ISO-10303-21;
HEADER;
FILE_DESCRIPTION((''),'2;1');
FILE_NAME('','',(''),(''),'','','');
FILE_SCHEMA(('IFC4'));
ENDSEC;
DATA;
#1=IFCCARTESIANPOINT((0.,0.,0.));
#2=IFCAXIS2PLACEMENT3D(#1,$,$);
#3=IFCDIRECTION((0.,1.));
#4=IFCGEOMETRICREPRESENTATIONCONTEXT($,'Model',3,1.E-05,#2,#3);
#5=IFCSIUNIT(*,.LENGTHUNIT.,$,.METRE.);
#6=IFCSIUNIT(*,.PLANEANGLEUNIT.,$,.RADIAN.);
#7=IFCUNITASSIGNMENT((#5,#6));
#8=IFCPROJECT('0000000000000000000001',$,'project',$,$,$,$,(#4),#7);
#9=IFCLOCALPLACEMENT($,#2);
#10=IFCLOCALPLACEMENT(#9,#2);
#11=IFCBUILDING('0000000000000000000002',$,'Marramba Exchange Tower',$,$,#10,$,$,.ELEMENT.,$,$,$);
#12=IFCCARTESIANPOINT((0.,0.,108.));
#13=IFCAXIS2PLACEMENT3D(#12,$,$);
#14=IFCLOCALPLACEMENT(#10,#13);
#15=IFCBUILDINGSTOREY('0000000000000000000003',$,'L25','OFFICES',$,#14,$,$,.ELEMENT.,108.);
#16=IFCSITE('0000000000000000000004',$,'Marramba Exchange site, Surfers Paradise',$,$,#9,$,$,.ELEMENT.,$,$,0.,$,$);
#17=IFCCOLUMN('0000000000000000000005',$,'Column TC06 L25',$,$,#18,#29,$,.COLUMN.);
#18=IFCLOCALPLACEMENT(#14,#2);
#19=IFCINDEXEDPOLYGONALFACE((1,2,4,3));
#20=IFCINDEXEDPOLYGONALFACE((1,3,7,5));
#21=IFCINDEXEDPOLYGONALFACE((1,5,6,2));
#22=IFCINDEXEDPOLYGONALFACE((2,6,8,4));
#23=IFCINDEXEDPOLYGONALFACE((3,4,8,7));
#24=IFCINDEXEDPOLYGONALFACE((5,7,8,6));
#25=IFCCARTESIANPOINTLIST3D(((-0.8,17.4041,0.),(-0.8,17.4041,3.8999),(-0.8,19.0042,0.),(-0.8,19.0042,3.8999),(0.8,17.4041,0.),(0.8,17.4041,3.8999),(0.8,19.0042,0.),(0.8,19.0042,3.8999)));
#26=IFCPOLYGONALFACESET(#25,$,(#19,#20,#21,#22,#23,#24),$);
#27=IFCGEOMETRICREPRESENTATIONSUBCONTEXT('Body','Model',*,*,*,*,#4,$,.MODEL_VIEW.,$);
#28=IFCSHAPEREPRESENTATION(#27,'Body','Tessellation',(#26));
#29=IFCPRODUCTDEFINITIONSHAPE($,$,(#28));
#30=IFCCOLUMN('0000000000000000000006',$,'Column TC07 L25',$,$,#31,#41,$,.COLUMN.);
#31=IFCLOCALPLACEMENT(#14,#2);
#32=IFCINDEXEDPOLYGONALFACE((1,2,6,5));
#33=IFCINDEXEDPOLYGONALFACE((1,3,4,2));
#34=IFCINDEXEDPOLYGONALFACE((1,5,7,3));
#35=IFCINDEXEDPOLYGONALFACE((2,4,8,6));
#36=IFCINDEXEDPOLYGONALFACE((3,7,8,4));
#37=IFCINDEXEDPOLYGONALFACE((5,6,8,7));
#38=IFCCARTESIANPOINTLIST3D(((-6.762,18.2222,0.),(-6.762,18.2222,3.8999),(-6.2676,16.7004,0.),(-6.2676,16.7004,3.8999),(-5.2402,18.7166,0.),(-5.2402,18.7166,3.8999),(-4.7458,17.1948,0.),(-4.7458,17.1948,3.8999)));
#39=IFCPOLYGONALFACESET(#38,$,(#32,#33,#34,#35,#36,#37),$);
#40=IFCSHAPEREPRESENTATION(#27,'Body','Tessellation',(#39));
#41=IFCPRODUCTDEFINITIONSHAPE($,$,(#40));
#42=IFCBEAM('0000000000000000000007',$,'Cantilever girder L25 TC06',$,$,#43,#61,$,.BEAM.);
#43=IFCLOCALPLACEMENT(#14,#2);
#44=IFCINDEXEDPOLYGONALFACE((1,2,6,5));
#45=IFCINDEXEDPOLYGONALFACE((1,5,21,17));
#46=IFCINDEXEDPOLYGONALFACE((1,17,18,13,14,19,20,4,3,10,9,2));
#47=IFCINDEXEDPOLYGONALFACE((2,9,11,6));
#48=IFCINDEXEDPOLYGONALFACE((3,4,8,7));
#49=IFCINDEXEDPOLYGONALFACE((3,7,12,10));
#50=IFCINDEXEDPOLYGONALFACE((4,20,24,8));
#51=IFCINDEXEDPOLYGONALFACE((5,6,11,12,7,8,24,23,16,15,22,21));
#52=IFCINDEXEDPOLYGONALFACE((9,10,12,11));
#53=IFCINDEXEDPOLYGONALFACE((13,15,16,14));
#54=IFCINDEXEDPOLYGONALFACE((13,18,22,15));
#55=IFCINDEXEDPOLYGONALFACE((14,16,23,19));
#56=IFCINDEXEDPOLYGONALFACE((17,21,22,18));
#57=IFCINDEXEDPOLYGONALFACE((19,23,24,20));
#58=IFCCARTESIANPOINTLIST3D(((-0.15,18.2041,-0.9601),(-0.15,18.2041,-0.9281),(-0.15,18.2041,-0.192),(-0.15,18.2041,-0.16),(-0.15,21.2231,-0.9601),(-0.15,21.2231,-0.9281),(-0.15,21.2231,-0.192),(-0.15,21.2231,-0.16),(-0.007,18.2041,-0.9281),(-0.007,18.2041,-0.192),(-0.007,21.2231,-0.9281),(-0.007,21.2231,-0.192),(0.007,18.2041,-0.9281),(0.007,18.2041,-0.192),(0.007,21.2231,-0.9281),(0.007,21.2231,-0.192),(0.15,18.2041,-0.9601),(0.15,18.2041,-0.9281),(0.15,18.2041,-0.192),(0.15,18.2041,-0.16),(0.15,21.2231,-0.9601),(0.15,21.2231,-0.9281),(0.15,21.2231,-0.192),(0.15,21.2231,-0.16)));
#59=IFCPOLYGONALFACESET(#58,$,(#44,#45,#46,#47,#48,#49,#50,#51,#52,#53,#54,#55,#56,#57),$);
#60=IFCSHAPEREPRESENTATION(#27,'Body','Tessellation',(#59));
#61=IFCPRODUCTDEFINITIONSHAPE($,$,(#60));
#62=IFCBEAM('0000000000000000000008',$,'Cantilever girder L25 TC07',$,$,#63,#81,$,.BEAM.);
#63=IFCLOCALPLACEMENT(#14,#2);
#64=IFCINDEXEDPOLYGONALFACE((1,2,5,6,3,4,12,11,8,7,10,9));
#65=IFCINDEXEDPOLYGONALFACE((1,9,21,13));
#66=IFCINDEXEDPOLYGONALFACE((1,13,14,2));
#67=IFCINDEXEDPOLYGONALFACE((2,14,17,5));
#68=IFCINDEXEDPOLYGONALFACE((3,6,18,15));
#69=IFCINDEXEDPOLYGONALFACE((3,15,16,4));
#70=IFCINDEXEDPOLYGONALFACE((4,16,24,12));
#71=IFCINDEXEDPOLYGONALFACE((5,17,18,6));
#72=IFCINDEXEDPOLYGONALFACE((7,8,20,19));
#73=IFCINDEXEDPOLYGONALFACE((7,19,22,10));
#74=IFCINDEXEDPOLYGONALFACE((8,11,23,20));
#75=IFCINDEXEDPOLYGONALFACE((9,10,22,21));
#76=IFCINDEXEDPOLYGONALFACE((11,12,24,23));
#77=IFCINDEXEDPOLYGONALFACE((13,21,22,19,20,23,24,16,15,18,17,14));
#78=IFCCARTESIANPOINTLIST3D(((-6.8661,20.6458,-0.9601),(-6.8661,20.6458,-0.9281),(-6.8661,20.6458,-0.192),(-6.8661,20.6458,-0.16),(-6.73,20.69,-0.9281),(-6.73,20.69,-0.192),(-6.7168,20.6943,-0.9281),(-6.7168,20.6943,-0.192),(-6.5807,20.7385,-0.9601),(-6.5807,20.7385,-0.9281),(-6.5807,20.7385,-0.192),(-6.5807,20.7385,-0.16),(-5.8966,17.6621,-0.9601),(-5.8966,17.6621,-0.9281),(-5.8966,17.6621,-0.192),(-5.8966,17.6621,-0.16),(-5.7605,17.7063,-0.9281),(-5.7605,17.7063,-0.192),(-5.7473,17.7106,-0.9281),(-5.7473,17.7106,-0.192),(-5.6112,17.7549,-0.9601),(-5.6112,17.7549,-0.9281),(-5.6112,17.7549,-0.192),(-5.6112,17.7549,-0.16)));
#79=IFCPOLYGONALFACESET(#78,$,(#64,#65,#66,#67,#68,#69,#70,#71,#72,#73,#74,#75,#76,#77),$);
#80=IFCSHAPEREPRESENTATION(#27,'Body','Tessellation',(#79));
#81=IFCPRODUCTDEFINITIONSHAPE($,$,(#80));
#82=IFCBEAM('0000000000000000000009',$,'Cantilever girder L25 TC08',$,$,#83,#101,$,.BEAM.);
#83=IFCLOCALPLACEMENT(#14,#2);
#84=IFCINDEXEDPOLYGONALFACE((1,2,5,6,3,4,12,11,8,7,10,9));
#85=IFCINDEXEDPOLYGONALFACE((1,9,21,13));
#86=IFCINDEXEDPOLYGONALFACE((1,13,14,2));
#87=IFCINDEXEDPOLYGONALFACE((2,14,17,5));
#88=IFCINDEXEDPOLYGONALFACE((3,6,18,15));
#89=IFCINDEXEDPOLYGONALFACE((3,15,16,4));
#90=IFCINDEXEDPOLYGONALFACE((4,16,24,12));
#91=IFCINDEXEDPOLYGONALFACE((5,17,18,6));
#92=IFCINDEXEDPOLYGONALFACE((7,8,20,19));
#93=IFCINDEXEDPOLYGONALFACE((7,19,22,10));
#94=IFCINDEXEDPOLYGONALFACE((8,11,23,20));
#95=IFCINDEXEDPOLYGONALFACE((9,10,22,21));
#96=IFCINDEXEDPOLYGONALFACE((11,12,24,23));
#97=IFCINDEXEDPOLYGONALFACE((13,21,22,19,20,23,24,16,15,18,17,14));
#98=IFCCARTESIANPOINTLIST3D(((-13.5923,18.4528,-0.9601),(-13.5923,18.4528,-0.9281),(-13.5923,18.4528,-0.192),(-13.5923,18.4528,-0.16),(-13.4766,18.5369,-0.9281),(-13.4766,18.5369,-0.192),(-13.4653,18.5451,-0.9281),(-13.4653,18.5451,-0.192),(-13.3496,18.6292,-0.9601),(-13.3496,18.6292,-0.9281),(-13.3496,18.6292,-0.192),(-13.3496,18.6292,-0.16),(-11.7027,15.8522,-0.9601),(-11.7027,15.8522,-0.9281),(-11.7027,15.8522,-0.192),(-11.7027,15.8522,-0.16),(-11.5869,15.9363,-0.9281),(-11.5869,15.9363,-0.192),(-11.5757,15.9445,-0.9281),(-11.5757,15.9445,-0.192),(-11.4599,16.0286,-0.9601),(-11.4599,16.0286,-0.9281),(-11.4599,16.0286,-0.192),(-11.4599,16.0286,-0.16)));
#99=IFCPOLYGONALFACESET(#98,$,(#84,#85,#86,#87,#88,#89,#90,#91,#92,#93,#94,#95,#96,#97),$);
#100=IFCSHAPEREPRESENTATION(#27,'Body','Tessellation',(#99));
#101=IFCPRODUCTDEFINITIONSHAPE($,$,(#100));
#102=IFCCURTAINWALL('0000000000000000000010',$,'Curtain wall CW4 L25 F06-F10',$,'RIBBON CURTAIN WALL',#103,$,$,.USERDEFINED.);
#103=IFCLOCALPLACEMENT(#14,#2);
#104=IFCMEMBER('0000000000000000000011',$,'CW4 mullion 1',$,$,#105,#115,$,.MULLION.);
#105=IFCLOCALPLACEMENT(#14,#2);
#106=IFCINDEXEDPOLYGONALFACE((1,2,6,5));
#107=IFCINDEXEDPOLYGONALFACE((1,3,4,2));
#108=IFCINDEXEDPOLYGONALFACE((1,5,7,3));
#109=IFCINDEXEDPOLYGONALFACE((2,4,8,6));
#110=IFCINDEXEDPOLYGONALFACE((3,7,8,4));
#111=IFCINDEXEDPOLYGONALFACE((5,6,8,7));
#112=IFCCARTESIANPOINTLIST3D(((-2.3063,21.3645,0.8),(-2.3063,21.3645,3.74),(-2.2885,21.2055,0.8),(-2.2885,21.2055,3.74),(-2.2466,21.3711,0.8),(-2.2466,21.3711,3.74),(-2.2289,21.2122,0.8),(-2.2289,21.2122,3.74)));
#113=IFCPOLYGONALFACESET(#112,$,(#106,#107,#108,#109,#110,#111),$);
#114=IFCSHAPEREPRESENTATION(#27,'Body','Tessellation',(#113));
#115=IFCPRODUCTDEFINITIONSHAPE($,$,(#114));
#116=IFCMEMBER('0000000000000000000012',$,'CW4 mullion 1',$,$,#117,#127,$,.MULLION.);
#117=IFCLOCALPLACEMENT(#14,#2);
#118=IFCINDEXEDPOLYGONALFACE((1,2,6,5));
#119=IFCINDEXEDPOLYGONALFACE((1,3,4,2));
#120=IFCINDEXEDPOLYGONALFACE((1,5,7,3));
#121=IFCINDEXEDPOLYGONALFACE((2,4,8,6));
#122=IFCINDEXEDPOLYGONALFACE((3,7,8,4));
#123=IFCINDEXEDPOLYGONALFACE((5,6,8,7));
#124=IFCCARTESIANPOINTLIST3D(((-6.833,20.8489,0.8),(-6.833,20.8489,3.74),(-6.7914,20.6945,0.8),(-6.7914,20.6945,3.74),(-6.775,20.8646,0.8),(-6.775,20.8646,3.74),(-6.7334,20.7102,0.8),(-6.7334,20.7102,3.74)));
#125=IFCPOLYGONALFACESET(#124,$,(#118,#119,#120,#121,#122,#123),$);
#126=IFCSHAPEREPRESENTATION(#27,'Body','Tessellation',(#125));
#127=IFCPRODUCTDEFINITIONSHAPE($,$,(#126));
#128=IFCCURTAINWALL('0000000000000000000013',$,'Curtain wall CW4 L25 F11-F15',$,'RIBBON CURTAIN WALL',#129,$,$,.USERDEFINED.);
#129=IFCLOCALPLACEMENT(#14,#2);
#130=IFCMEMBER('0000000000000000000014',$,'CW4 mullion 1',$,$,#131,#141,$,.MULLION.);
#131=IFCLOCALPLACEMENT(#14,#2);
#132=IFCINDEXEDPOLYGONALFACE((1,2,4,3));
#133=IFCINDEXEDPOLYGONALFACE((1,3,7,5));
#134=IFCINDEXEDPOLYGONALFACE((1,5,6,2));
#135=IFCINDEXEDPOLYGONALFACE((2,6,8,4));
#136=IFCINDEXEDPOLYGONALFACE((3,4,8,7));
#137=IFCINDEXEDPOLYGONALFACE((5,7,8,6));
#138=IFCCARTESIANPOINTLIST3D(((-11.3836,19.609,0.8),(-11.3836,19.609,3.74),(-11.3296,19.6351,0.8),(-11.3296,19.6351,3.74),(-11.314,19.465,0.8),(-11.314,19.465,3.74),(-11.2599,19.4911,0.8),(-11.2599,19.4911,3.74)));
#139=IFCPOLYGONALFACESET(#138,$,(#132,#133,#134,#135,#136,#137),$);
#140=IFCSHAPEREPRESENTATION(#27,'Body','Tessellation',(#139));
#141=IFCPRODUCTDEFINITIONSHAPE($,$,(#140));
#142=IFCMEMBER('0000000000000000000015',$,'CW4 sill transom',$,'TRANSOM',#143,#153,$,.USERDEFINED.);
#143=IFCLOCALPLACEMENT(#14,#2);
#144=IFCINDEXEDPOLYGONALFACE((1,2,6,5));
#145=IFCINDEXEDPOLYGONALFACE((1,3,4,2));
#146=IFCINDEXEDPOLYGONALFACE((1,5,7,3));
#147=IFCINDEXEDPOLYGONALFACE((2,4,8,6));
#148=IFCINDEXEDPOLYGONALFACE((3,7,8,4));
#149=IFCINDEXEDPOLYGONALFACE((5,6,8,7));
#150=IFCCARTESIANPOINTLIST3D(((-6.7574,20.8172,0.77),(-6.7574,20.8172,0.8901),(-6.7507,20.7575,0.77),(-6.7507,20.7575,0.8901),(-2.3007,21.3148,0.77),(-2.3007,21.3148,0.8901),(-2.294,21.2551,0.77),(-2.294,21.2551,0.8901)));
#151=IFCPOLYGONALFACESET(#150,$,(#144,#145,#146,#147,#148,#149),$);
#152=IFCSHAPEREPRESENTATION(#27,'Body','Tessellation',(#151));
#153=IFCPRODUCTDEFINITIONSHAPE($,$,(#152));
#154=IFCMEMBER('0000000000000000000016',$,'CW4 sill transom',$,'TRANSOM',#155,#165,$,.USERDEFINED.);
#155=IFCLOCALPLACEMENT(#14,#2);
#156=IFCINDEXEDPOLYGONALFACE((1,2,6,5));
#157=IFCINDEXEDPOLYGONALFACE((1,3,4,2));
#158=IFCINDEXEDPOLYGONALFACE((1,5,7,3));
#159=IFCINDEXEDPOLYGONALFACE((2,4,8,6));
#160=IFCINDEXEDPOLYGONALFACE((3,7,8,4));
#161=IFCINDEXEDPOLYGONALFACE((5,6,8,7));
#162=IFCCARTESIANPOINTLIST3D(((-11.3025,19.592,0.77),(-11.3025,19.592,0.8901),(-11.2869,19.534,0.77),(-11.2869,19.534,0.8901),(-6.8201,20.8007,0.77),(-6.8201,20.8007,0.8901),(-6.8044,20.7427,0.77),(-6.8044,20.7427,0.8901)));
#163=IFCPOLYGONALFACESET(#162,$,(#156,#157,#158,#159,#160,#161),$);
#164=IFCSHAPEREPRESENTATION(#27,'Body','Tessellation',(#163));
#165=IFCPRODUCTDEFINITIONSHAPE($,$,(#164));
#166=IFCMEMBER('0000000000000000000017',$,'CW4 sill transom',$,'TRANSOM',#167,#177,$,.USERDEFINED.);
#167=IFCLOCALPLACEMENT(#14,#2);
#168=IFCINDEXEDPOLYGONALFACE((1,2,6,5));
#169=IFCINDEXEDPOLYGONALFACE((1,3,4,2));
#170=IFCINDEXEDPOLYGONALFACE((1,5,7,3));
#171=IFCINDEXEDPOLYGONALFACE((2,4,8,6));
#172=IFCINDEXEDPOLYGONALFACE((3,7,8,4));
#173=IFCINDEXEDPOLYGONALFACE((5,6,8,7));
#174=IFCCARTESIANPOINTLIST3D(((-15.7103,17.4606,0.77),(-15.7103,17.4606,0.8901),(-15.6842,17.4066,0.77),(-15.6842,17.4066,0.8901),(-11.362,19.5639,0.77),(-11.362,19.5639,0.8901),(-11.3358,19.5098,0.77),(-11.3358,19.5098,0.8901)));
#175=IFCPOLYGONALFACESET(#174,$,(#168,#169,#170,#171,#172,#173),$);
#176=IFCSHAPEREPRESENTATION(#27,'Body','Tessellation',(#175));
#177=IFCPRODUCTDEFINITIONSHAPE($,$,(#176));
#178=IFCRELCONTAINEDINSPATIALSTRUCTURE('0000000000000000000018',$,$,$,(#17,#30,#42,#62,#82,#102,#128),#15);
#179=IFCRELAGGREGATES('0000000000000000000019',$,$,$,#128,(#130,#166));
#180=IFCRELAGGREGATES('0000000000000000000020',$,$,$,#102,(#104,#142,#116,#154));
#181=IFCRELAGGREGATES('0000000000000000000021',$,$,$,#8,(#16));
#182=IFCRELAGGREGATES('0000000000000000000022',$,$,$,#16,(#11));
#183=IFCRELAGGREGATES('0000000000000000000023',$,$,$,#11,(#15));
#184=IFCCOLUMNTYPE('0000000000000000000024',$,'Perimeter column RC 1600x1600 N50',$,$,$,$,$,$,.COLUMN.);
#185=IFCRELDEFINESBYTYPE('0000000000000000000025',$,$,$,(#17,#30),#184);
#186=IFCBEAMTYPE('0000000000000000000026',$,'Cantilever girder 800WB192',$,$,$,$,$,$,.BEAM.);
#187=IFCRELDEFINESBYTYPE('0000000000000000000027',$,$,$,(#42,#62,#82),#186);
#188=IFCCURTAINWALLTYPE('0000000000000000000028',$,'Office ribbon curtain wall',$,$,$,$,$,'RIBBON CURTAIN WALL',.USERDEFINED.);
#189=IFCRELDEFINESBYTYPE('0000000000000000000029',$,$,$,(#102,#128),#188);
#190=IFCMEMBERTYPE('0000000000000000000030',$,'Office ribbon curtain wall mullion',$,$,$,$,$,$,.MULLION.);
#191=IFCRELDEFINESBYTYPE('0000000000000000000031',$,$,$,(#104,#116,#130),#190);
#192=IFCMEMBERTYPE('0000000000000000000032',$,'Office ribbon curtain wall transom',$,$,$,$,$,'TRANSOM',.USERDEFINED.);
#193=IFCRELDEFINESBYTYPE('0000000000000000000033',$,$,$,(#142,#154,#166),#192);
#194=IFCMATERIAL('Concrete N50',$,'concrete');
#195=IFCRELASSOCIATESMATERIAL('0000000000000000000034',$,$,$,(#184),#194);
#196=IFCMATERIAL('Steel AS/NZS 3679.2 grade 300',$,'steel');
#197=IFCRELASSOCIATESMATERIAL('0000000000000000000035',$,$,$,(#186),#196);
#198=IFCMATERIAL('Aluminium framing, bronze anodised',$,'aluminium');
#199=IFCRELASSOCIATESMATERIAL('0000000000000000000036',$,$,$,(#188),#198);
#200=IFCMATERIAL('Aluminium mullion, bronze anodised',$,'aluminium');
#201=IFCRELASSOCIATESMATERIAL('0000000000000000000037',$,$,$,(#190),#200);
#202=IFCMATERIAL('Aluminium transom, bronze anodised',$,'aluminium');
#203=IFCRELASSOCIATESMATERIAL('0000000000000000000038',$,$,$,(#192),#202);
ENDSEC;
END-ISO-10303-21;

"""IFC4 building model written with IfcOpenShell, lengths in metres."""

from ifc_helpers import new_model, si_unit, direction, frame, origin, origin_2d, place, context, subcontext, project, spatial, rectangle, i_section, extrude, material, material_profile, profile_set, type_object, element, aggregate, save


model = new_model("IFC4")

# Units and contexts
model_context = context("Model", 3, precision=1e-05, world=origin(), true_north=direction((0.0, 1.0)))
body_context = subcontext(model_context, "Body", "Model", "MODEL_VIEW")
ifc_project = project(units=[si_unit("LENGTHUNIT", "METRE"), si_unit("PLANEANGLEUNIT", "RADIAN")], contexts=[model_context])

# Site, building, storey
site_placement = place(None, origin())
site = spatial("IfcSite", under=ifc_project, at=site_placement, Name="Marramba Exchange site, Surfers Paradise", CompositionType="ELEMENT", RefElevation=0.0)
building_placement = place(site_placement, origin())
building = spatial("IfcBuilding", under=site, at=building_placement, Name="Marramba Exchange Tower", CompositionType="ELEMENT")
storey_placement = place(building_placement, frame((0.0, 0.0, 108.0)))
storey = spatial("IfcBuildingStorey", under=building, at=storey_placement, Name="L25", Description="OFFICES", CompositionType="ELEMENT", Elevation=108.0)

# Columns
ifc_material_1 = material(Name="Concrete N50", Category="concrete")
ifc_material_profile_1 = material_profile(ifc_material_1, rectangle(XDim=1.6001, YDim=1.6001, at=origin_2d()), Name="RC 1600x1600")
ifc_profile_set_1 = profile_set([ifc_material_profile_1], Name="Concrete N50")
column_type = type_object("IfcColumnType", Name="Perimeter column RC 1600x1600 N50", PredefinedType="COLUMN", material=ifc_profile_set_1)
for number, where, z_axis, x_axis, name in (
    (1, (0.0, 18.2041, 0.0), (0.0, 0.0, 1.0), (0.0, 1.0, 0.0), "Column TC06 L25"),
    (2, (-5.7539, 17.7085, 0.0), (0.0, 0.0, 1.0), (-0.309017, 0.951057, 0.0), "Column TC07 L25"),
):
    element("IfcColumn", number, at=place(storey_placement, frame(where, z_axis=z_axis, x_axis=x_axis)), inside=storey, type_object=column_type, Name=name, PredefinedType="COLUMN", context=body_context, shape_type="SweptSolid", body=[
        extrude(rectangle(XDim=1.6001, YDim=1.6001, at=origin_2d()), origin(), (0.0, 0.0, 1.0), 3.8999),
    ])

# Beams
ifc_material_2 = material(Name="Steel AS/NZS 3679.2 grade 300", Category="steel")
ifc_material_profile_2 = material_profile(ifc_material_2, i_section(OverallWidth=0.3, OverallDepth=0.8, WebThickness=0.0139, FlangeThickness=0.032, at=origin_2d()), Name="800WB192")
ifc_profile_set_2 = profile_set([ifc_material_profile_2], Name="Steel AS/NZS 3679.2 grade 300")
beam_type_1 = type_object("IfcBeamType", Name="Cantilever girder 800WB192", PredefinedType="BEAM", material=ifc_profile_set_2)
beam_1_placement = place(storey_placement, frame((0.0, 18.2041, -0.5601), z_axis=(0.0, 1.0, 0.0), x_axis=(-1.0, 0.0, 0.0)))
element("IfcBeam", 3, at=beam_1_placement, inside=storey, type_object=beam_type_1, Name="Cantilever girder L25 TC06", PredefinedType="BEAM", context=body_context, shape_type="SweptSolid", body=[
    extrude(i_section(OverallWidth=0.3, OverallDepth=0.8, WebThickness=0.0139, FlangeThickness=0.032, at=origin_2d()), origin(), (0.0, 0.0, 1.0), 3.019),
])
beam_2_placement = place(storey_placement, frame((-5.7539, 17.7085, -0.5601), z_axis=(-0.309028, 0.951053, 0.0), x_axis=(-0.951053, -0.309028, 0.0)))
element("IfcBeam", 4, at=beam_2_placement, inside=storey, type_object=beam_type_1, Name="Cantilever girder L25 TC07", PredefinedType="BEAM", context=body_context, shape_type="SweptSolid", body=[
    extrude(i_section(OverallWidth=0.3, OverallDepth=0.8, WebThickness=0.0139, FlangeThickness=0.032, at=origin_2d()), origin(), (0.0, 0.0, 1.0), 3.1372),
])
beam_3_placement = place(storey_placement, frame((-11.5813, 15.9404, -0.5601), z_axis=(-0.587828, 0.808986, 0.0), x_axis=(-0.808986, -0.587828, 0.0)))
element("IfcBeam", 5, at=beam_3_placement, inside=storey, type_object=beam_type_1, Name="Cantilever girder L25 TC08", PredefinedType="BEAM", context=body_context, shape_type="SweptSolid", body=[
    extrude(i_section(OverallWidth=0.3, OverallDepth=0.8, WebThickness=0.0139, FlangeThickness=0.032, at=origin_2d()), origin(), (0.0, 0.0, 1.0), 3.2146),
])

# Curtain wall, members
ifc_material_3 = material(Name="Aluminium framing, bronze anodised", Category="aluminium")
curtain_wall_type = type_object("IfcCurtainWallType", Name="Office ribbon curtain wall", ElementType="RIBBON CURTAIN WALL", PredefinedType="USERDEFINED", material=ifc_material_3)
curtain_wall_1_placement = place(storey_placement, origin())
curtain_wall_1 = element("IfcCurtainWall", 6, at=curtain_wall_1_placement, inside=storey, type_object=curtain_wall_type, Name="Curtain wall CW4 L25 F06-F10", ObjectType="RIBBON CURTAIN WALL", PredefinedType="USERDEFINED")
ifc_material_4 = material(Name="Aluminium mullion, bronze anodised", Category="aluminium")
ifc_material_profile_3 = material_profile(ifc_material_4, rectangle(XDim=0.1599, YDim=0.0601, at=origin_2d()), Name="CW4 mullion 60x160")
ifc_profile_set_3 = profile_set([ifc_material_profile_3], Name="Aluminium mullion, bronze anodised")
member_type_1 = type_object("IfcMemberType", Name="Office ribbon curtain wall mullion", PredefinedType="MULLION", material=ifc_profile_set_3)
member_1_placement = place(storey_placement, frame((-2.2676, 21.2883, 0.8), z_axis=(0.0, 0.0, 1.0), x_axis=(0.110973, -0.993823, 0.0)))
member_1 = element("IfcMember", 7, at=member_1_placement, type_object=member_type_1, Name="CW4 mullion 1", PredefinedType="MULLION", context=body_context, shape_type="SweptSolid", body=[
    extrude(rectangle(XDim=0.1599, YDim=0.0601, at=origin_2d()), origin(), (0.0, 0.0, 1.0), 2.9399),
])
member_2_placement = place(storey_placement, frame((-6.7832, 20.7795, 0.8), z_axis=(0.0, 0.0, 1.0), x_axis=(0.260321, -0.965522, 0.0)))
member_2 = element("IfcMember", 8, at=member_2_placement, type_object=member_type_1, Name="CW4 mullion 1", PredefinedType="MULLION", context=body_context, shape_type="SweptSolid", body=[
    extrude(rectangle(XDim=0.1599, YDim=0.0601, at=origin_2d()), origin(), (0.0, 0.0, 1.0), 2.9399),
])

# Curtain wall, member
curtain_wall_2_placement = place(storey_placement, origin())
curtain_wall_2 = element("IfcCurtainWall", 9, at=curtain_wall_2_placement, inside=storey, type_object=curtain_wall_type, Name="Curtain wall CW4 L25 F11-F15", ObjectType="RIBBON CURTAIN WALL", PredefinedType="USERDEFINED")
member_3_placement = place(storey_placement, frame((-11.3218, 19.55, 0.8), z_axis=(0.0, 0.0, 1.0), x_axis=(0.435428, -0.900224, 0.0)))
member_3 = element("IfcMember", 10, at=member_3_placement, type_object=member_type_1, Name="CW4 mullion 1", PredefinedType="MULLION", context=body_context, shape_type="SweptSolid", body=[
    extrude(rectangle(XDim=0.1599, YDim=0.0601, at=origin_2d()), origin(), (0.0, 0.0, 1.0), 2.9399),
])

# Members
ifc_material_5 = material(Name="Aluminium transom, bronze anodised", Category="aluminium")
ifc_material_profile_4 = material_profile(ifc_material_5, rectangle(XDim=0.0601, YDim=0.1201, at=origin_2d()), Name="CW4 transom 60x120")
ifc_profile_set_4 = profile_set([ifc_material_profile_4], Name="Aluminium transom, bronze anodised")
member_type_2 = type_object("IfcMemberType", Name="Office ribbon curtain wall transom", ElementType="TRANSOM", PredefinedType="USERDEFINED", material=ifc_profile_set_4)
member_4_placement = place(storey_placement, frame((-2.2974, 21.2849, 0.8301), z_axis=(-0.993826, -0.110951, 0.0), x_axis=(0.110951, -0.993826, 0.0)))
member_4 = element("IfcMember", 11, at=member_4_placement, type_object=member_type_2, Name="CW4 sill transom", ObjectType="TRANSOM", PredefinedType="USERDEFINED", context=body_context, shape_type="SweptSolid", body=[
    extrude(rectangle(XDim=0.0601, YDim=0.1201, at=origin_2d()), origin(), (0.0, 0.0, 1.0), 4.4844),
])
member_5_placement = place(storey_placement, frame((-6.8123, 20.7717, 0.8301), z_axis=(-0.965511, -0.260362, 0.0), x_axis=(0.260362, -0.965511, 0.0)))
member_5 = element("IfcMember", 12, at=member_5_placement, type_object=member_type_2, Name="CW4 sill transom", ObjectType="TRANSOM", PredefinedType="USERDEFINED", context=body_context, shape_type="SweptSolid", body=[
    extrude(rectangle(XDim=0.0601, YDim=0.1201, at=origin_2d()), origin(), (0.0, 0.0, 1.0), 4.6426),
])
member_6_placement = place(storey_placement, frame((-11.3489, 19.5369, 0.8301), z_axis=(-0.900223, -0.435429, 0.0), x_axis=(0.435429, -0.900223, 0.0)))
member_6 = element("IfcMember", 13, at=member_6_placement, type_object=member_type_2, Name="CW4 sill transom", ObjectType="TRANSOM", PredefinedType="USERDEFINED", context=body_context, shape_type="SweptSolid", body=[
    extrude(rectangle(XDim=0.0601, YDim=0.1201, at=origin_2d()), origin(), (0.0, 0.0, 1.0), 4.8303),
])
aggregate(curtain_wall_2, [member_3, member_6])

aggregate(curtain_wall_1, [member_1, member_4, member_2, member_5])

save(model, "model.ifc")
